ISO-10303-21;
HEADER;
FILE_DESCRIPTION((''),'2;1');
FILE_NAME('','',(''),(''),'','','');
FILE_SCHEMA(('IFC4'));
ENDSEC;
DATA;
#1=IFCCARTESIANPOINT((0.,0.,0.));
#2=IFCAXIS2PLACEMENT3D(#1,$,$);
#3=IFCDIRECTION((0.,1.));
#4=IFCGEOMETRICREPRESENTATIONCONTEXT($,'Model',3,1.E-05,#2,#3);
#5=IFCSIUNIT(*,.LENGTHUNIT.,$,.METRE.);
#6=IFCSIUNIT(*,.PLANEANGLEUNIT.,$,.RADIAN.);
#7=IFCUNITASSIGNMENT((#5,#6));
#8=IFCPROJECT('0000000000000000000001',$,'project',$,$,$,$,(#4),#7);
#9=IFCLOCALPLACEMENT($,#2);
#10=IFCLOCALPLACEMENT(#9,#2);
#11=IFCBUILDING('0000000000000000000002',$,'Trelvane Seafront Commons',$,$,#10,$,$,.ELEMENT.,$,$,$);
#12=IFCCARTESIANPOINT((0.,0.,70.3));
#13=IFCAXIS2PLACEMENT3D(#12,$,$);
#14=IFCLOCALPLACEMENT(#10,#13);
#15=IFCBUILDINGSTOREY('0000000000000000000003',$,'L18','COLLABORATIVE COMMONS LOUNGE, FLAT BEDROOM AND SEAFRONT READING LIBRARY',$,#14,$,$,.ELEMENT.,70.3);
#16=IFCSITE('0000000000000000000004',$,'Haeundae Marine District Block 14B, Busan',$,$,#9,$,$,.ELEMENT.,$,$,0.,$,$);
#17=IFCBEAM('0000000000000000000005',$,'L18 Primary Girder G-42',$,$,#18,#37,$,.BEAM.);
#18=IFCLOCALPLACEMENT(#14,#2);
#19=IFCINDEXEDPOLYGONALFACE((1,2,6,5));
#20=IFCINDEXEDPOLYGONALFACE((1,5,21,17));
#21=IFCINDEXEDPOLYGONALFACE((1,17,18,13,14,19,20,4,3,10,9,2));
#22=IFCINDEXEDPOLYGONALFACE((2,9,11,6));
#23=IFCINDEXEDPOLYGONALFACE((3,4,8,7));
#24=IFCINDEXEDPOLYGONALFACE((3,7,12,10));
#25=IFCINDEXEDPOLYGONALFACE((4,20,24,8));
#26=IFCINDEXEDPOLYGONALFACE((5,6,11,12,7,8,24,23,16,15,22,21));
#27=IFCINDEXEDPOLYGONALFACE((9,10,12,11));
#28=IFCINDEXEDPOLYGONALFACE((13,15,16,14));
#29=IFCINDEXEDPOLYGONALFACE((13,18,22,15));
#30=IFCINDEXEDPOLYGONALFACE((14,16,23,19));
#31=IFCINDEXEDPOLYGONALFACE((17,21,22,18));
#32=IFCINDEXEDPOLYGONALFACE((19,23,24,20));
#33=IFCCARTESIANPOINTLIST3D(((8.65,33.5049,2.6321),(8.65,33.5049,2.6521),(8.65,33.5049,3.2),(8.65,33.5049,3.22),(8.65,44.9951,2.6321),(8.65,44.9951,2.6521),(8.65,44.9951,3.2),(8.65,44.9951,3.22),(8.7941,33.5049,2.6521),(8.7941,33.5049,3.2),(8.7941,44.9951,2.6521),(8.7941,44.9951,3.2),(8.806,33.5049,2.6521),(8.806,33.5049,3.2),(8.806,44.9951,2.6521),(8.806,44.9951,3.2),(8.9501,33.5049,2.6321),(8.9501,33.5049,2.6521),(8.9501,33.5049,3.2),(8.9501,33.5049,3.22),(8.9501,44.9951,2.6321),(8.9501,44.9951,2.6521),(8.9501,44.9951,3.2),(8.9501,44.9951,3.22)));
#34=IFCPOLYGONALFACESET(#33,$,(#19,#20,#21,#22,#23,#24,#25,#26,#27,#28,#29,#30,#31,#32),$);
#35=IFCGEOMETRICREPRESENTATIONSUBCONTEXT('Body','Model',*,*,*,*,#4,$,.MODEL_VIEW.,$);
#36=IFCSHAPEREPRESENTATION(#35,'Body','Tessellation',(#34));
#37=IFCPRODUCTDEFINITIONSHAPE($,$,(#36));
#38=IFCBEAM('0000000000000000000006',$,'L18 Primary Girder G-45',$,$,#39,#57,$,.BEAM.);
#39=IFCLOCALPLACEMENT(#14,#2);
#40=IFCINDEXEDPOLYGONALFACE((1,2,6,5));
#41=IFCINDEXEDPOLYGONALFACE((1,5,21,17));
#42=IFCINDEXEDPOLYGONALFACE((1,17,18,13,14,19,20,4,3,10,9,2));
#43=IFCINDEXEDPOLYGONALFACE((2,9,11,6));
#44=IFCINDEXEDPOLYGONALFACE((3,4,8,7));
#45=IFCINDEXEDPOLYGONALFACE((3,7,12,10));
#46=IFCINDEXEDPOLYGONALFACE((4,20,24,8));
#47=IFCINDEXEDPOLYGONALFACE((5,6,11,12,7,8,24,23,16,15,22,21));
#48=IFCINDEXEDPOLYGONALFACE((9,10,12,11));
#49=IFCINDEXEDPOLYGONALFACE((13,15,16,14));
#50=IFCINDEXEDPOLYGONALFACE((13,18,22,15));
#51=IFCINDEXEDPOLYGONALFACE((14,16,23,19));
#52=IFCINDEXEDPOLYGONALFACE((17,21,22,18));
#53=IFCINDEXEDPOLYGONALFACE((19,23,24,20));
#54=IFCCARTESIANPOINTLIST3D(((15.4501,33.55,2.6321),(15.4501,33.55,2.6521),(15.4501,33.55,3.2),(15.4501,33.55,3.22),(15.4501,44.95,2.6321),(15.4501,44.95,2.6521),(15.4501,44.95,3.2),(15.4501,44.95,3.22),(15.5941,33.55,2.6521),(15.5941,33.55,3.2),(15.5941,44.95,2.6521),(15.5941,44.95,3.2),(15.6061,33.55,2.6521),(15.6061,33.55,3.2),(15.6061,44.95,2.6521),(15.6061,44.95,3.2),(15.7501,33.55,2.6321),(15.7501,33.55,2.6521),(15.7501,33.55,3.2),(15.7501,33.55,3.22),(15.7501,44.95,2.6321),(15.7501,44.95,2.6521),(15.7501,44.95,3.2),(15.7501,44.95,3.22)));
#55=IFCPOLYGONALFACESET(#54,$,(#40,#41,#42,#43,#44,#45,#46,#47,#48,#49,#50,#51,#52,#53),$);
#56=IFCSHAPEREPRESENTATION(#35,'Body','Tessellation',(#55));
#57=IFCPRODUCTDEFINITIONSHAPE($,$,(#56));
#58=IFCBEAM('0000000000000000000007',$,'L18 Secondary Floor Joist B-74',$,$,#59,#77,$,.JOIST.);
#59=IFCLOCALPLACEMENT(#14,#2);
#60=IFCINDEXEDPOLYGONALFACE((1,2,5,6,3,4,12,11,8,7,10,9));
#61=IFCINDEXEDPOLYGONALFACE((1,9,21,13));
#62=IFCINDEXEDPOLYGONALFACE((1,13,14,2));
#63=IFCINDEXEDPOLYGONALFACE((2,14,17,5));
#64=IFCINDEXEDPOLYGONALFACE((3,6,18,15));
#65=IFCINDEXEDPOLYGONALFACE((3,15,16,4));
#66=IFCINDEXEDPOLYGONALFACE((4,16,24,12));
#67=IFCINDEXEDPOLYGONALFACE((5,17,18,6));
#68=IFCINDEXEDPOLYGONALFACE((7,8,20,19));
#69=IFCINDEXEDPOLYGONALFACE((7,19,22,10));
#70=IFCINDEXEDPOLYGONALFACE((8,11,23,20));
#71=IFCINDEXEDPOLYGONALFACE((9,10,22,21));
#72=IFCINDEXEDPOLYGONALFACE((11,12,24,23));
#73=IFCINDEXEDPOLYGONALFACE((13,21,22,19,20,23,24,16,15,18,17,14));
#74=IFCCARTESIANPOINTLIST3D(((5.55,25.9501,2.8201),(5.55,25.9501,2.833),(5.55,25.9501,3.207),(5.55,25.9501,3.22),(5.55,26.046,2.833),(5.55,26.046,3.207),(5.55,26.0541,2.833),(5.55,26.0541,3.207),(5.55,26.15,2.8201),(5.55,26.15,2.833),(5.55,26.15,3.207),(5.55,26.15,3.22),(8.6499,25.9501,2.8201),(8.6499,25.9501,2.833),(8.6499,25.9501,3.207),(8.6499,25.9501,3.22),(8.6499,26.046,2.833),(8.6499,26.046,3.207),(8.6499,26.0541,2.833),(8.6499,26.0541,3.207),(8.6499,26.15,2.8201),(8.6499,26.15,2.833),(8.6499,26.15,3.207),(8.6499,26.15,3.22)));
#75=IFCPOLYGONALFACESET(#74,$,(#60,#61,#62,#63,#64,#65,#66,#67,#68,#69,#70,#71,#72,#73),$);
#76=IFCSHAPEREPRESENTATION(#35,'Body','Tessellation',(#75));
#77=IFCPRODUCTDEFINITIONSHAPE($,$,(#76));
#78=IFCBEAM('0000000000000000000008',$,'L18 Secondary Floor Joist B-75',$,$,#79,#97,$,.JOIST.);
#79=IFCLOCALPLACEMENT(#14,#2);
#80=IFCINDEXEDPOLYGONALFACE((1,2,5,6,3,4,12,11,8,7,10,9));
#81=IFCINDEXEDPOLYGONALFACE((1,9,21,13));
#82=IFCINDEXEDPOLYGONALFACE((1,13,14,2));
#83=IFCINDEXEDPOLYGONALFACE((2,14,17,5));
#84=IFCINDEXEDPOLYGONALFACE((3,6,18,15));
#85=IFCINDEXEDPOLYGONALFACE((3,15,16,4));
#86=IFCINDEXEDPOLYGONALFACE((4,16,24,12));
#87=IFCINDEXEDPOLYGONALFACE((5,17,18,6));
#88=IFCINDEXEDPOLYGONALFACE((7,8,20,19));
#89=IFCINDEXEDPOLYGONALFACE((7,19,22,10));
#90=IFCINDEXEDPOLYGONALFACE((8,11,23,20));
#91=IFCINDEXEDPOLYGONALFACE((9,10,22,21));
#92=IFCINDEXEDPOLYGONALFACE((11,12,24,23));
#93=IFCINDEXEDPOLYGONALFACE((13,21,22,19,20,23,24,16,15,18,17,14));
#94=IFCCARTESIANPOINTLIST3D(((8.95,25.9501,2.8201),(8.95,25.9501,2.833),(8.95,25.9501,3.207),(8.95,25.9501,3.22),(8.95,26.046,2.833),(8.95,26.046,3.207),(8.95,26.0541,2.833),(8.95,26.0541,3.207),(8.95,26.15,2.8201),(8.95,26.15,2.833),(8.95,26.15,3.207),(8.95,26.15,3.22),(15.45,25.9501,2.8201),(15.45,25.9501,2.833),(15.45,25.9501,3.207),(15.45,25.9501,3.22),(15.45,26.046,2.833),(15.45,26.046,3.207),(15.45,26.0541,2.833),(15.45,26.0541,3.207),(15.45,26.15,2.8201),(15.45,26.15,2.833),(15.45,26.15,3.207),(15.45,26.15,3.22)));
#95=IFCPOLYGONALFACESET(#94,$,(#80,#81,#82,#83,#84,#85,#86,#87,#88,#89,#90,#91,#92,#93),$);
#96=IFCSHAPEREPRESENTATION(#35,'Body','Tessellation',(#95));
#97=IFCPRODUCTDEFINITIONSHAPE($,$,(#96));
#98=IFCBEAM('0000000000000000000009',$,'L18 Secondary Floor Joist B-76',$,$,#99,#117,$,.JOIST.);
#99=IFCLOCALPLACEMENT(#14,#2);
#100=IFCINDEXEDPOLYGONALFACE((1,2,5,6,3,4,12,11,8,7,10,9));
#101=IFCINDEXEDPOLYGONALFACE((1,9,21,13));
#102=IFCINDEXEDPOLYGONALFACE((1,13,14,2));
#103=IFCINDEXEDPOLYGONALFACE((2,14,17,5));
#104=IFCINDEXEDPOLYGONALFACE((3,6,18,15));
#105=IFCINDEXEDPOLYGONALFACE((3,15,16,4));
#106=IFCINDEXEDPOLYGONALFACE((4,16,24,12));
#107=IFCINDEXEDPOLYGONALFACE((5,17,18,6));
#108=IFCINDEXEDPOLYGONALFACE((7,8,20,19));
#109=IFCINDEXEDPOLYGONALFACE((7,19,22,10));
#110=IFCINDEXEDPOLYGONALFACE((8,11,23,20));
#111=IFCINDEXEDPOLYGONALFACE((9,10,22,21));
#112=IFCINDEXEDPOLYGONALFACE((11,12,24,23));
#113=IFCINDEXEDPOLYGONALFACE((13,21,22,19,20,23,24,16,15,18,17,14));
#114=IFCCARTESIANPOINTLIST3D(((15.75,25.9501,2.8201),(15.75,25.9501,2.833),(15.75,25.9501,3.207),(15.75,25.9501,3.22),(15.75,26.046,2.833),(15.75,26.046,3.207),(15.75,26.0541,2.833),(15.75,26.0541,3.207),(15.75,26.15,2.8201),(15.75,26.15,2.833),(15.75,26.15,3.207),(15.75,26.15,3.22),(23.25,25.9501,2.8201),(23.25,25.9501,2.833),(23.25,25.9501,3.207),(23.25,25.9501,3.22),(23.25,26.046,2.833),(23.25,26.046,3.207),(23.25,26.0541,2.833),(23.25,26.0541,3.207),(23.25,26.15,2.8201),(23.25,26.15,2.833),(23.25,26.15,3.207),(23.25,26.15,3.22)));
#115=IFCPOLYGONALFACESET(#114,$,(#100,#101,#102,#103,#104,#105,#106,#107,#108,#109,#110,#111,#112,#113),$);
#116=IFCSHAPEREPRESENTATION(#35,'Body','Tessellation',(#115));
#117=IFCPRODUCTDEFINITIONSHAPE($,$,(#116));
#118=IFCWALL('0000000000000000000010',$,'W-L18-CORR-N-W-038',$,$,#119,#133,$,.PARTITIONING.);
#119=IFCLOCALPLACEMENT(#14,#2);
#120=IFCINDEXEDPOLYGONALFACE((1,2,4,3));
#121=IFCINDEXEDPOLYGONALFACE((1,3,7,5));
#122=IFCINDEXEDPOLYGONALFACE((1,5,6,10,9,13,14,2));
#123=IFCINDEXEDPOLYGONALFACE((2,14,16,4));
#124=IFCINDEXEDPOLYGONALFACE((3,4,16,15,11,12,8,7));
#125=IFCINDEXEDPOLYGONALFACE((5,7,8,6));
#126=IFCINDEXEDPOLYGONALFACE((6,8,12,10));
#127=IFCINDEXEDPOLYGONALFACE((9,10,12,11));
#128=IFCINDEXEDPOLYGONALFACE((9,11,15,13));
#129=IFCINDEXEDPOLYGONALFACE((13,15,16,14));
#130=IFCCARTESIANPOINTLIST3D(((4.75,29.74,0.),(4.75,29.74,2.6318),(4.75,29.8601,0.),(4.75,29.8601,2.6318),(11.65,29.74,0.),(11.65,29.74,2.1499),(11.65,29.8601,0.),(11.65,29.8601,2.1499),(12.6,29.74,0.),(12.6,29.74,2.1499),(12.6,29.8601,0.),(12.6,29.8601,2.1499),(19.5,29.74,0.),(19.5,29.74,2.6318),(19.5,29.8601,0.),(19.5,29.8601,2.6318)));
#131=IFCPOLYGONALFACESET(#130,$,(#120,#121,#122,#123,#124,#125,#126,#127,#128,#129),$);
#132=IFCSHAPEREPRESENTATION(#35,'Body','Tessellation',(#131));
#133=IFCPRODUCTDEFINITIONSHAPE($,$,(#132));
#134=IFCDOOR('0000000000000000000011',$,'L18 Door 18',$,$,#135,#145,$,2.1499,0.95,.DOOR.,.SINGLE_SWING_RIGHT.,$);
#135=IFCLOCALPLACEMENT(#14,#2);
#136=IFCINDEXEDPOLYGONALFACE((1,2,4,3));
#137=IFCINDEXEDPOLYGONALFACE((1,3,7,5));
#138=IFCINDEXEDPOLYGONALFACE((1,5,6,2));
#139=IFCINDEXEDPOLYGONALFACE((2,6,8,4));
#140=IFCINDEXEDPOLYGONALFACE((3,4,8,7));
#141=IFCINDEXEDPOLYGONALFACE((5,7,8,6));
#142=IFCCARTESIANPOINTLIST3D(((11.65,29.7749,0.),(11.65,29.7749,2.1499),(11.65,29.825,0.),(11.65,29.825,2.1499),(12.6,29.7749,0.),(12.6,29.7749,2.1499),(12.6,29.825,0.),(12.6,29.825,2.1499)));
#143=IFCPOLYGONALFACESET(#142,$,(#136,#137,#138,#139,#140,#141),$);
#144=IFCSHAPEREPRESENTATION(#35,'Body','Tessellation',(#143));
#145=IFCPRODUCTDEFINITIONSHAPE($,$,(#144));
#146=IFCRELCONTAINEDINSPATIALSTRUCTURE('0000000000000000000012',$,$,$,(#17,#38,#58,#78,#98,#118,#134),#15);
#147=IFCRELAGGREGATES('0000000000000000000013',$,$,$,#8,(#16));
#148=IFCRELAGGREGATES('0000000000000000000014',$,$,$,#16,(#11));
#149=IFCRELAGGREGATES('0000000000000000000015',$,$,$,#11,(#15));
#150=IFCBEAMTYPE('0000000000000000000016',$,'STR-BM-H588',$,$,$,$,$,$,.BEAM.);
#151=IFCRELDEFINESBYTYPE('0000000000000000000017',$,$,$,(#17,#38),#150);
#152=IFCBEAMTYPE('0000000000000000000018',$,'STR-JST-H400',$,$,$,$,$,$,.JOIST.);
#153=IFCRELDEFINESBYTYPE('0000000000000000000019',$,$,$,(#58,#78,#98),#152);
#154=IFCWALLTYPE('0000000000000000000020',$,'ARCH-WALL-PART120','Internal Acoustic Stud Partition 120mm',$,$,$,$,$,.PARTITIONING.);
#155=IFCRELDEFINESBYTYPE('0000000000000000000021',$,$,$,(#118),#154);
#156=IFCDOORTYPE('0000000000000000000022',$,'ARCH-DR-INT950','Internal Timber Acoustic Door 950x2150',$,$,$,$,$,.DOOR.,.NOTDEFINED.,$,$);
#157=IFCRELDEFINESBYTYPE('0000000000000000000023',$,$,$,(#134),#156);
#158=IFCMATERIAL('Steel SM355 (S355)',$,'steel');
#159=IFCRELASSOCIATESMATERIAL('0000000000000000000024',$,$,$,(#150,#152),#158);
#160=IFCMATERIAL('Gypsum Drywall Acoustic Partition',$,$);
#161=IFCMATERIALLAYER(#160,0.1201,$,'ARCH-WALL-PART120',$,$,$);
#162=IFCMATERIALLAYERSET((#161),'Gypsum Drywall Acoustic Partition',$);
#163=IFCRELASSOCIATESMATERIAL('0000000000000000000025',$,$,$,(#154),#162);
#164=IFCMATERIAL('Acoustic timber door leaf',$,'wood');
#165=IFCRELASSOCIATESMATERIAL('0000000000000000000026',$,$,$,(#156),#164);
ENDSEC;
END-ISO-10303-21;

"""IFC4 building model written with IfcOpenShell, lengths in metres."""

from ifc_helpers import new_model, si_unit, direction, frame, frame_2d, origin, origin_2d, place, context, subcontext, project, spatial, rectangle, i_section, extrude, source, transform, mapped, material, layer, layer_set, material_profile, profile_set, type_object, element, fill, save


model = new_model("IFC4")

# Units and contexts
model_context = context("Model", 3, precision=1e-05, world=origin(), true_north=direction((0.0, 1.0)))
body_context = subcontext(model_context, "Body", "Model", "MODEL_VIEW")
ifc_project = project(units=[si_unit("LENGTHUNIT", "METRE"), si_unit("PLANEANGLEUNIT", "RADIAN")], contexts=[model_context])

# Site, building, storey
site_placement = place(None, origin())
site = spatial("IfcSite", under=ifc_project, at=site_placement, Name="Haeundae Marine District Block 14B, Busan", CompositionType="ELEMENT", RefElevation=0.0)
building_placement = place(site_placement, origin())
building = spatial("IfcBuilding", under=site, at=building_placement, Name="Trelvane Seafront Commons", CompositionType="ELEMENT")
storey_placement = place(building_placement, frame((0.0, 0.0, 70.3)))
storey = spatial("IfcBuildingStorey", under=building, at=storey_placement, Name="L18", Description="COLLABORATIVE COMMONS LOUNGE, FLAT BEDROOM AND SEAFRONT READING LIBRARY", CompositionType="ELEMENT", Elevation=70.3)

# Shared definitions
ifc_material_1 = material(Name="Steel SM355 (S355)", Category="steel")

# Beams
ifc_material_profile_1 = material_profile(ifc_material_1, i_section(OverallWidth=0.3, OverallDepth=0.5879, WebThickness=0.012, FlangeThickness=0.02, at=origin_2d()), Name="H-588x300x12x20")
ifc_profile_set_1 = profile_set([ifc_material_profile_1], Name="Steel SM355 (S355)")
beam_type_1 = type_object("IfcBeamType", Name="STR-BM-H588", PredefinedType="BEAM", material=ifc_profile_set_1)
shared_shape_1 = source(origin(), body_context, "Body", "SweptSolid", [
    extrude(i_section(OverallWidth=0.3, OverallDepth=0.5879, WebThickness=0.012, FlangeThickness=0.02, at=origin_2d()), origin(), (0.0, 0.0, 1.0), 11.4902),
])
for number, where, z_axis, x_axis, name in (
    (1, (8.8, 33.5049, 2.926), (0.0, 1.0, 0.0), (-1.0, 0.0, 0.0), "L18 Primary Girder G-42"),
):
    element("IfcBeam", number, at=place(storey_placement, frame(where, z_axis=z_axis, x_axis=x_axis)), inside=storey, type_object=beam_type_1, Name=name, PredefinedType="BEAM", context=body_context, shape_type="MappedRepresentation", body=[
        mapped(shared_shape_1, transform((0.0, 0.0, 0.0), x_axis=(1.0, 0.0, 0.0), y_axis=(0.0, 1.0, 0.0), z_axis=(0.0, 0.0, 1.0), scale=1.0)),
    ])
shared_shape_2 = source(origin(), body_context, "Body", "SweptSolid", [
    extrude(i_section(OverallWidth=0.3, OverallDepth=0.5879, WebThickness=0.012, FlangeThickness=0.02, at=origin_2d()), origin(), (0.0, 0.0, 1.0), 11.3999),
])
beam_1_placement = place(storey_placement, frame((15.6001, 33.55, 2.926), z_axis=(0.0, 1.0, 0.0), x_axis=(-1.0, 0.0, 0.0)))
element("IfcBeam", 2, at=beam_1_placement, inside=storey, type_object=beam_type_1, Name="L18 Primary Girder G-45", PredefinedType="BEAM", context=body_context, shape_type="MappedRepresentation", body=[
    mapped(shared_shape_2, transform((0.0, 0.0, 0.0), x_axis=(1.0, 0.0, 0.0), y_axis=(0.0, 1.0, 0.0), z_axis=(0.0, 0.0, 1.0), scale=1.0)),
])
ifc_material_profile_2 = material_profile(ifc_material_1, i_section(OverallWidth=0.2, OverallDepth=0.3999, WebThickness=0.0081, FlangeThickness=0.0129, at=origin_2d()), Name="H-400x200x8x13")
ifc_profile_set_2 = profile_set([ifc_material_profile_2], Name="Steel SM355 (S355)")
beam_type_2 = type_object("IfcBeamType", Name="STR-JST-H400", PredefinedType="JOIST", material=ifc_profile_set_2)
shared_shape_3 = source(origin(), body_context, "Body", "SweptSolid", [
    extrude(i_section(OverallWidth=0.2, OverallDepth=0.3999, WebThickness=0.0081, FlangeThickness=0.0129, at=origin_2d()), origin(), (0.0, 0.0, 1.0), 3.0999),
])
beam_2_placement = place(storey_placement, frame((5.55, 26.05, 3.02), z_axis=(1.0, 0.0, 0.0), x_axis=(0.0, 1.0, 0.0)))
element("IfcBeam", 3, at=beam_2_placement, inside=storey, type_object=beam_type_2, Name="L18 Secondary Floor Joist B-74", PredefinedType="JOIST", context=body_context, shape_type="MappedRepresentation", body=[
    mapped(shared_shape_3, transform((0.0, 0.0, 0.0), x_axis=(1.0, 0.0, 0.0), y_axis=(0.0, 1.0, 0.0), z_axis=(0.0, 0.0, 1.0), scale=1.0)),
])
shared_shape_4 = source(origin(), body_context, "Body", "SweptSolid", [
    extrude(i_section(OverallWidth=0.2, OverallDepth=0.3999, WebThickness=0.0081, FlangeThickness=0.0129, at=origin_2d()), origin(), (0.0, 0.0, 1.0), 6.5),
])
beam_3_placement = place(storey_placement, frame((8.95, 26.05, 3.02), z_axis=(1.0, 0.0, 0.0), x_axis=(0.0, 1.0, 0.0)))
element("IfcBeam", 4, at=beam_3_placement, inside=storey, type_object=beam_type_2, Name="L18 Secondary Floor Joist B-75", PredefinedType="JOIST", context=body_context, shape_type="MappedRepresentation", body=[
    mapped(shared_shape_4, transform((0.0, 0.0, 0.0), x_axis=(1.0, 0.0, 0.0), y_axis=(0.0, 1.0, 0.0), z_axis=(0.0, 0.0, 1.0), scale=1.0)),
])
shared_shape_5 = source(origin(), body_context, "Body", "SweptSolid", [
    extrude(i_section(OverallWidth=0.2, OverallDepth=0.3999, WebThickness=0.0081, FlangeThickness=0.0129, at=origin_2d()), origin(), (0.0, 0.0, 1.0), 7.5),
])
beam_4_placement = place(storey_placement, frame((15.75, 26.05, 3.02), z_axis=(1.0, 0.0, 0.0), x_axis=(0.0, 1.0, 0.0)))
element("IfcBeam", 5, at=beam_4_placement, inside=storey, type_object=beam_type_2, Name="L18 Secondary Floor Joist B-76", PredefinedType="JOIST", context=body_context, shape_type="MappedRepresentation", body=[
    mapped(shared_shape_5, transform((0.0, 0.0, 0.0), x_axis=(1.0, 0.0, 0.0), y_axis=(0.0, 1.0, 0.0), z_axis=(0.0, 0.0, 1.0), scale=1.0)),
])

# Wall, opening, door
ifc_material_2 = material(Name="Gypsum Drywall Acoustic Partition")
ifc_layer_1 = layer(ifc_material_2, 0.1201, Name="ARCH-WALL-PART120")
ifc_layer_set_1 = layer_set([ifc_layer_1], Name="Gypsum Drywall Acoustic Partition")
wall_type_1 = type_object("IfcWallType", Name="ARCH-WALL-PART120", Description="Internal Acoustic Stud Partition 120mm", PredefinedType="PARTITIONING", material=ifc_layer_set_1)
wall_1_placement = place(storey_placement, frame((4.75, 29.8, 0.0), z_axis=(0.0, 0.0, 1.0), x_axis=(1.0, 0.0, 0.0)))
wall_1 = element("IfcWall", 6, at=wall_1_placement, inside=storey, type_object=wall_type_1, Name="W-L18-CORR-N-W-038", PredefinedType="PARTITIONING", context=body_context, shape_type="SweptSolid", body=[
    extrude(rectangle(XDim=14.75, YDim=0.1201, at=frame_2d((7.375, 0.0))), origin(), (0.0, 0.0, 1.0), 2.6318),
])
opening_1_placement = place(wall_1_placement, frame((6.8999, 0.0, 0.0)))
opening_1 = element("IfcOpeningElement", 7, at=opening_1_placement, cuts=wall_1, PredefinedType="OPENING", context=body_context, shape_type="SweptSolid", body=[
    extrude(rectangle(XDim=0.95, YDim=2.1499, at=frame_2d((0.4751, 1.075))), frame((0.0, 0.0701, 0.0), z_axis=(0.0, -1.0, 0.0), x_axis=(1.0, 0.0, 0.0)), (0.0, 0.0, 1.0), 0.1401),
])
ifc_material_3 = material(Name="Acoustic timber door leaf", Category="wood")
door_type_1 = type_object("IfcDoorType", Name="ARCH-DR-INT950", Description="Internal Timber Acoustic Door 950x2150", OperationType="NOTDEFINED", PredefinedType="DOOR", material=ifc_material_3)
shared_shape_6 = source(origin(), body_context, "Body", "SweptSolid", [
    extrude(rectangle(XDim=0.95, YDim=2.1499, at=frame_2d((0.4751, 1.075))), frame((0.0, 0.0249, 0.0), z_axis=(0.0, -1.0, 0.0), x_axis=(1.0, 0.0, 0.0)), (0.0, 0.0, 1.0), 0.05),
])
door_1_placement = place(opening_1_placement, origin())
door_1 = element("IfcDoor", 8, at=door_1_placement, inside=storey, type_object=door_type_1, Name="L18 Door 18", OperationType="SINGLE_SWING_RIGHT", OverallHeight=2.1499, OverallWidth=0.95, PredefinedType="DOOR", context=body_context, shape_type="MappedRepresentation", body=[
    mapped(shared_shape_6, transform((0.0, 0.0, 0.0), x_axis=(1.0, 0.0, 0.0), y_axis=(0.0, 1.0, 0.0), z_axis=(0.0, 0.0, 1.0), scale=1.0)),
])
fill(opening_1, door_1)

save(model, "model.ifc")
